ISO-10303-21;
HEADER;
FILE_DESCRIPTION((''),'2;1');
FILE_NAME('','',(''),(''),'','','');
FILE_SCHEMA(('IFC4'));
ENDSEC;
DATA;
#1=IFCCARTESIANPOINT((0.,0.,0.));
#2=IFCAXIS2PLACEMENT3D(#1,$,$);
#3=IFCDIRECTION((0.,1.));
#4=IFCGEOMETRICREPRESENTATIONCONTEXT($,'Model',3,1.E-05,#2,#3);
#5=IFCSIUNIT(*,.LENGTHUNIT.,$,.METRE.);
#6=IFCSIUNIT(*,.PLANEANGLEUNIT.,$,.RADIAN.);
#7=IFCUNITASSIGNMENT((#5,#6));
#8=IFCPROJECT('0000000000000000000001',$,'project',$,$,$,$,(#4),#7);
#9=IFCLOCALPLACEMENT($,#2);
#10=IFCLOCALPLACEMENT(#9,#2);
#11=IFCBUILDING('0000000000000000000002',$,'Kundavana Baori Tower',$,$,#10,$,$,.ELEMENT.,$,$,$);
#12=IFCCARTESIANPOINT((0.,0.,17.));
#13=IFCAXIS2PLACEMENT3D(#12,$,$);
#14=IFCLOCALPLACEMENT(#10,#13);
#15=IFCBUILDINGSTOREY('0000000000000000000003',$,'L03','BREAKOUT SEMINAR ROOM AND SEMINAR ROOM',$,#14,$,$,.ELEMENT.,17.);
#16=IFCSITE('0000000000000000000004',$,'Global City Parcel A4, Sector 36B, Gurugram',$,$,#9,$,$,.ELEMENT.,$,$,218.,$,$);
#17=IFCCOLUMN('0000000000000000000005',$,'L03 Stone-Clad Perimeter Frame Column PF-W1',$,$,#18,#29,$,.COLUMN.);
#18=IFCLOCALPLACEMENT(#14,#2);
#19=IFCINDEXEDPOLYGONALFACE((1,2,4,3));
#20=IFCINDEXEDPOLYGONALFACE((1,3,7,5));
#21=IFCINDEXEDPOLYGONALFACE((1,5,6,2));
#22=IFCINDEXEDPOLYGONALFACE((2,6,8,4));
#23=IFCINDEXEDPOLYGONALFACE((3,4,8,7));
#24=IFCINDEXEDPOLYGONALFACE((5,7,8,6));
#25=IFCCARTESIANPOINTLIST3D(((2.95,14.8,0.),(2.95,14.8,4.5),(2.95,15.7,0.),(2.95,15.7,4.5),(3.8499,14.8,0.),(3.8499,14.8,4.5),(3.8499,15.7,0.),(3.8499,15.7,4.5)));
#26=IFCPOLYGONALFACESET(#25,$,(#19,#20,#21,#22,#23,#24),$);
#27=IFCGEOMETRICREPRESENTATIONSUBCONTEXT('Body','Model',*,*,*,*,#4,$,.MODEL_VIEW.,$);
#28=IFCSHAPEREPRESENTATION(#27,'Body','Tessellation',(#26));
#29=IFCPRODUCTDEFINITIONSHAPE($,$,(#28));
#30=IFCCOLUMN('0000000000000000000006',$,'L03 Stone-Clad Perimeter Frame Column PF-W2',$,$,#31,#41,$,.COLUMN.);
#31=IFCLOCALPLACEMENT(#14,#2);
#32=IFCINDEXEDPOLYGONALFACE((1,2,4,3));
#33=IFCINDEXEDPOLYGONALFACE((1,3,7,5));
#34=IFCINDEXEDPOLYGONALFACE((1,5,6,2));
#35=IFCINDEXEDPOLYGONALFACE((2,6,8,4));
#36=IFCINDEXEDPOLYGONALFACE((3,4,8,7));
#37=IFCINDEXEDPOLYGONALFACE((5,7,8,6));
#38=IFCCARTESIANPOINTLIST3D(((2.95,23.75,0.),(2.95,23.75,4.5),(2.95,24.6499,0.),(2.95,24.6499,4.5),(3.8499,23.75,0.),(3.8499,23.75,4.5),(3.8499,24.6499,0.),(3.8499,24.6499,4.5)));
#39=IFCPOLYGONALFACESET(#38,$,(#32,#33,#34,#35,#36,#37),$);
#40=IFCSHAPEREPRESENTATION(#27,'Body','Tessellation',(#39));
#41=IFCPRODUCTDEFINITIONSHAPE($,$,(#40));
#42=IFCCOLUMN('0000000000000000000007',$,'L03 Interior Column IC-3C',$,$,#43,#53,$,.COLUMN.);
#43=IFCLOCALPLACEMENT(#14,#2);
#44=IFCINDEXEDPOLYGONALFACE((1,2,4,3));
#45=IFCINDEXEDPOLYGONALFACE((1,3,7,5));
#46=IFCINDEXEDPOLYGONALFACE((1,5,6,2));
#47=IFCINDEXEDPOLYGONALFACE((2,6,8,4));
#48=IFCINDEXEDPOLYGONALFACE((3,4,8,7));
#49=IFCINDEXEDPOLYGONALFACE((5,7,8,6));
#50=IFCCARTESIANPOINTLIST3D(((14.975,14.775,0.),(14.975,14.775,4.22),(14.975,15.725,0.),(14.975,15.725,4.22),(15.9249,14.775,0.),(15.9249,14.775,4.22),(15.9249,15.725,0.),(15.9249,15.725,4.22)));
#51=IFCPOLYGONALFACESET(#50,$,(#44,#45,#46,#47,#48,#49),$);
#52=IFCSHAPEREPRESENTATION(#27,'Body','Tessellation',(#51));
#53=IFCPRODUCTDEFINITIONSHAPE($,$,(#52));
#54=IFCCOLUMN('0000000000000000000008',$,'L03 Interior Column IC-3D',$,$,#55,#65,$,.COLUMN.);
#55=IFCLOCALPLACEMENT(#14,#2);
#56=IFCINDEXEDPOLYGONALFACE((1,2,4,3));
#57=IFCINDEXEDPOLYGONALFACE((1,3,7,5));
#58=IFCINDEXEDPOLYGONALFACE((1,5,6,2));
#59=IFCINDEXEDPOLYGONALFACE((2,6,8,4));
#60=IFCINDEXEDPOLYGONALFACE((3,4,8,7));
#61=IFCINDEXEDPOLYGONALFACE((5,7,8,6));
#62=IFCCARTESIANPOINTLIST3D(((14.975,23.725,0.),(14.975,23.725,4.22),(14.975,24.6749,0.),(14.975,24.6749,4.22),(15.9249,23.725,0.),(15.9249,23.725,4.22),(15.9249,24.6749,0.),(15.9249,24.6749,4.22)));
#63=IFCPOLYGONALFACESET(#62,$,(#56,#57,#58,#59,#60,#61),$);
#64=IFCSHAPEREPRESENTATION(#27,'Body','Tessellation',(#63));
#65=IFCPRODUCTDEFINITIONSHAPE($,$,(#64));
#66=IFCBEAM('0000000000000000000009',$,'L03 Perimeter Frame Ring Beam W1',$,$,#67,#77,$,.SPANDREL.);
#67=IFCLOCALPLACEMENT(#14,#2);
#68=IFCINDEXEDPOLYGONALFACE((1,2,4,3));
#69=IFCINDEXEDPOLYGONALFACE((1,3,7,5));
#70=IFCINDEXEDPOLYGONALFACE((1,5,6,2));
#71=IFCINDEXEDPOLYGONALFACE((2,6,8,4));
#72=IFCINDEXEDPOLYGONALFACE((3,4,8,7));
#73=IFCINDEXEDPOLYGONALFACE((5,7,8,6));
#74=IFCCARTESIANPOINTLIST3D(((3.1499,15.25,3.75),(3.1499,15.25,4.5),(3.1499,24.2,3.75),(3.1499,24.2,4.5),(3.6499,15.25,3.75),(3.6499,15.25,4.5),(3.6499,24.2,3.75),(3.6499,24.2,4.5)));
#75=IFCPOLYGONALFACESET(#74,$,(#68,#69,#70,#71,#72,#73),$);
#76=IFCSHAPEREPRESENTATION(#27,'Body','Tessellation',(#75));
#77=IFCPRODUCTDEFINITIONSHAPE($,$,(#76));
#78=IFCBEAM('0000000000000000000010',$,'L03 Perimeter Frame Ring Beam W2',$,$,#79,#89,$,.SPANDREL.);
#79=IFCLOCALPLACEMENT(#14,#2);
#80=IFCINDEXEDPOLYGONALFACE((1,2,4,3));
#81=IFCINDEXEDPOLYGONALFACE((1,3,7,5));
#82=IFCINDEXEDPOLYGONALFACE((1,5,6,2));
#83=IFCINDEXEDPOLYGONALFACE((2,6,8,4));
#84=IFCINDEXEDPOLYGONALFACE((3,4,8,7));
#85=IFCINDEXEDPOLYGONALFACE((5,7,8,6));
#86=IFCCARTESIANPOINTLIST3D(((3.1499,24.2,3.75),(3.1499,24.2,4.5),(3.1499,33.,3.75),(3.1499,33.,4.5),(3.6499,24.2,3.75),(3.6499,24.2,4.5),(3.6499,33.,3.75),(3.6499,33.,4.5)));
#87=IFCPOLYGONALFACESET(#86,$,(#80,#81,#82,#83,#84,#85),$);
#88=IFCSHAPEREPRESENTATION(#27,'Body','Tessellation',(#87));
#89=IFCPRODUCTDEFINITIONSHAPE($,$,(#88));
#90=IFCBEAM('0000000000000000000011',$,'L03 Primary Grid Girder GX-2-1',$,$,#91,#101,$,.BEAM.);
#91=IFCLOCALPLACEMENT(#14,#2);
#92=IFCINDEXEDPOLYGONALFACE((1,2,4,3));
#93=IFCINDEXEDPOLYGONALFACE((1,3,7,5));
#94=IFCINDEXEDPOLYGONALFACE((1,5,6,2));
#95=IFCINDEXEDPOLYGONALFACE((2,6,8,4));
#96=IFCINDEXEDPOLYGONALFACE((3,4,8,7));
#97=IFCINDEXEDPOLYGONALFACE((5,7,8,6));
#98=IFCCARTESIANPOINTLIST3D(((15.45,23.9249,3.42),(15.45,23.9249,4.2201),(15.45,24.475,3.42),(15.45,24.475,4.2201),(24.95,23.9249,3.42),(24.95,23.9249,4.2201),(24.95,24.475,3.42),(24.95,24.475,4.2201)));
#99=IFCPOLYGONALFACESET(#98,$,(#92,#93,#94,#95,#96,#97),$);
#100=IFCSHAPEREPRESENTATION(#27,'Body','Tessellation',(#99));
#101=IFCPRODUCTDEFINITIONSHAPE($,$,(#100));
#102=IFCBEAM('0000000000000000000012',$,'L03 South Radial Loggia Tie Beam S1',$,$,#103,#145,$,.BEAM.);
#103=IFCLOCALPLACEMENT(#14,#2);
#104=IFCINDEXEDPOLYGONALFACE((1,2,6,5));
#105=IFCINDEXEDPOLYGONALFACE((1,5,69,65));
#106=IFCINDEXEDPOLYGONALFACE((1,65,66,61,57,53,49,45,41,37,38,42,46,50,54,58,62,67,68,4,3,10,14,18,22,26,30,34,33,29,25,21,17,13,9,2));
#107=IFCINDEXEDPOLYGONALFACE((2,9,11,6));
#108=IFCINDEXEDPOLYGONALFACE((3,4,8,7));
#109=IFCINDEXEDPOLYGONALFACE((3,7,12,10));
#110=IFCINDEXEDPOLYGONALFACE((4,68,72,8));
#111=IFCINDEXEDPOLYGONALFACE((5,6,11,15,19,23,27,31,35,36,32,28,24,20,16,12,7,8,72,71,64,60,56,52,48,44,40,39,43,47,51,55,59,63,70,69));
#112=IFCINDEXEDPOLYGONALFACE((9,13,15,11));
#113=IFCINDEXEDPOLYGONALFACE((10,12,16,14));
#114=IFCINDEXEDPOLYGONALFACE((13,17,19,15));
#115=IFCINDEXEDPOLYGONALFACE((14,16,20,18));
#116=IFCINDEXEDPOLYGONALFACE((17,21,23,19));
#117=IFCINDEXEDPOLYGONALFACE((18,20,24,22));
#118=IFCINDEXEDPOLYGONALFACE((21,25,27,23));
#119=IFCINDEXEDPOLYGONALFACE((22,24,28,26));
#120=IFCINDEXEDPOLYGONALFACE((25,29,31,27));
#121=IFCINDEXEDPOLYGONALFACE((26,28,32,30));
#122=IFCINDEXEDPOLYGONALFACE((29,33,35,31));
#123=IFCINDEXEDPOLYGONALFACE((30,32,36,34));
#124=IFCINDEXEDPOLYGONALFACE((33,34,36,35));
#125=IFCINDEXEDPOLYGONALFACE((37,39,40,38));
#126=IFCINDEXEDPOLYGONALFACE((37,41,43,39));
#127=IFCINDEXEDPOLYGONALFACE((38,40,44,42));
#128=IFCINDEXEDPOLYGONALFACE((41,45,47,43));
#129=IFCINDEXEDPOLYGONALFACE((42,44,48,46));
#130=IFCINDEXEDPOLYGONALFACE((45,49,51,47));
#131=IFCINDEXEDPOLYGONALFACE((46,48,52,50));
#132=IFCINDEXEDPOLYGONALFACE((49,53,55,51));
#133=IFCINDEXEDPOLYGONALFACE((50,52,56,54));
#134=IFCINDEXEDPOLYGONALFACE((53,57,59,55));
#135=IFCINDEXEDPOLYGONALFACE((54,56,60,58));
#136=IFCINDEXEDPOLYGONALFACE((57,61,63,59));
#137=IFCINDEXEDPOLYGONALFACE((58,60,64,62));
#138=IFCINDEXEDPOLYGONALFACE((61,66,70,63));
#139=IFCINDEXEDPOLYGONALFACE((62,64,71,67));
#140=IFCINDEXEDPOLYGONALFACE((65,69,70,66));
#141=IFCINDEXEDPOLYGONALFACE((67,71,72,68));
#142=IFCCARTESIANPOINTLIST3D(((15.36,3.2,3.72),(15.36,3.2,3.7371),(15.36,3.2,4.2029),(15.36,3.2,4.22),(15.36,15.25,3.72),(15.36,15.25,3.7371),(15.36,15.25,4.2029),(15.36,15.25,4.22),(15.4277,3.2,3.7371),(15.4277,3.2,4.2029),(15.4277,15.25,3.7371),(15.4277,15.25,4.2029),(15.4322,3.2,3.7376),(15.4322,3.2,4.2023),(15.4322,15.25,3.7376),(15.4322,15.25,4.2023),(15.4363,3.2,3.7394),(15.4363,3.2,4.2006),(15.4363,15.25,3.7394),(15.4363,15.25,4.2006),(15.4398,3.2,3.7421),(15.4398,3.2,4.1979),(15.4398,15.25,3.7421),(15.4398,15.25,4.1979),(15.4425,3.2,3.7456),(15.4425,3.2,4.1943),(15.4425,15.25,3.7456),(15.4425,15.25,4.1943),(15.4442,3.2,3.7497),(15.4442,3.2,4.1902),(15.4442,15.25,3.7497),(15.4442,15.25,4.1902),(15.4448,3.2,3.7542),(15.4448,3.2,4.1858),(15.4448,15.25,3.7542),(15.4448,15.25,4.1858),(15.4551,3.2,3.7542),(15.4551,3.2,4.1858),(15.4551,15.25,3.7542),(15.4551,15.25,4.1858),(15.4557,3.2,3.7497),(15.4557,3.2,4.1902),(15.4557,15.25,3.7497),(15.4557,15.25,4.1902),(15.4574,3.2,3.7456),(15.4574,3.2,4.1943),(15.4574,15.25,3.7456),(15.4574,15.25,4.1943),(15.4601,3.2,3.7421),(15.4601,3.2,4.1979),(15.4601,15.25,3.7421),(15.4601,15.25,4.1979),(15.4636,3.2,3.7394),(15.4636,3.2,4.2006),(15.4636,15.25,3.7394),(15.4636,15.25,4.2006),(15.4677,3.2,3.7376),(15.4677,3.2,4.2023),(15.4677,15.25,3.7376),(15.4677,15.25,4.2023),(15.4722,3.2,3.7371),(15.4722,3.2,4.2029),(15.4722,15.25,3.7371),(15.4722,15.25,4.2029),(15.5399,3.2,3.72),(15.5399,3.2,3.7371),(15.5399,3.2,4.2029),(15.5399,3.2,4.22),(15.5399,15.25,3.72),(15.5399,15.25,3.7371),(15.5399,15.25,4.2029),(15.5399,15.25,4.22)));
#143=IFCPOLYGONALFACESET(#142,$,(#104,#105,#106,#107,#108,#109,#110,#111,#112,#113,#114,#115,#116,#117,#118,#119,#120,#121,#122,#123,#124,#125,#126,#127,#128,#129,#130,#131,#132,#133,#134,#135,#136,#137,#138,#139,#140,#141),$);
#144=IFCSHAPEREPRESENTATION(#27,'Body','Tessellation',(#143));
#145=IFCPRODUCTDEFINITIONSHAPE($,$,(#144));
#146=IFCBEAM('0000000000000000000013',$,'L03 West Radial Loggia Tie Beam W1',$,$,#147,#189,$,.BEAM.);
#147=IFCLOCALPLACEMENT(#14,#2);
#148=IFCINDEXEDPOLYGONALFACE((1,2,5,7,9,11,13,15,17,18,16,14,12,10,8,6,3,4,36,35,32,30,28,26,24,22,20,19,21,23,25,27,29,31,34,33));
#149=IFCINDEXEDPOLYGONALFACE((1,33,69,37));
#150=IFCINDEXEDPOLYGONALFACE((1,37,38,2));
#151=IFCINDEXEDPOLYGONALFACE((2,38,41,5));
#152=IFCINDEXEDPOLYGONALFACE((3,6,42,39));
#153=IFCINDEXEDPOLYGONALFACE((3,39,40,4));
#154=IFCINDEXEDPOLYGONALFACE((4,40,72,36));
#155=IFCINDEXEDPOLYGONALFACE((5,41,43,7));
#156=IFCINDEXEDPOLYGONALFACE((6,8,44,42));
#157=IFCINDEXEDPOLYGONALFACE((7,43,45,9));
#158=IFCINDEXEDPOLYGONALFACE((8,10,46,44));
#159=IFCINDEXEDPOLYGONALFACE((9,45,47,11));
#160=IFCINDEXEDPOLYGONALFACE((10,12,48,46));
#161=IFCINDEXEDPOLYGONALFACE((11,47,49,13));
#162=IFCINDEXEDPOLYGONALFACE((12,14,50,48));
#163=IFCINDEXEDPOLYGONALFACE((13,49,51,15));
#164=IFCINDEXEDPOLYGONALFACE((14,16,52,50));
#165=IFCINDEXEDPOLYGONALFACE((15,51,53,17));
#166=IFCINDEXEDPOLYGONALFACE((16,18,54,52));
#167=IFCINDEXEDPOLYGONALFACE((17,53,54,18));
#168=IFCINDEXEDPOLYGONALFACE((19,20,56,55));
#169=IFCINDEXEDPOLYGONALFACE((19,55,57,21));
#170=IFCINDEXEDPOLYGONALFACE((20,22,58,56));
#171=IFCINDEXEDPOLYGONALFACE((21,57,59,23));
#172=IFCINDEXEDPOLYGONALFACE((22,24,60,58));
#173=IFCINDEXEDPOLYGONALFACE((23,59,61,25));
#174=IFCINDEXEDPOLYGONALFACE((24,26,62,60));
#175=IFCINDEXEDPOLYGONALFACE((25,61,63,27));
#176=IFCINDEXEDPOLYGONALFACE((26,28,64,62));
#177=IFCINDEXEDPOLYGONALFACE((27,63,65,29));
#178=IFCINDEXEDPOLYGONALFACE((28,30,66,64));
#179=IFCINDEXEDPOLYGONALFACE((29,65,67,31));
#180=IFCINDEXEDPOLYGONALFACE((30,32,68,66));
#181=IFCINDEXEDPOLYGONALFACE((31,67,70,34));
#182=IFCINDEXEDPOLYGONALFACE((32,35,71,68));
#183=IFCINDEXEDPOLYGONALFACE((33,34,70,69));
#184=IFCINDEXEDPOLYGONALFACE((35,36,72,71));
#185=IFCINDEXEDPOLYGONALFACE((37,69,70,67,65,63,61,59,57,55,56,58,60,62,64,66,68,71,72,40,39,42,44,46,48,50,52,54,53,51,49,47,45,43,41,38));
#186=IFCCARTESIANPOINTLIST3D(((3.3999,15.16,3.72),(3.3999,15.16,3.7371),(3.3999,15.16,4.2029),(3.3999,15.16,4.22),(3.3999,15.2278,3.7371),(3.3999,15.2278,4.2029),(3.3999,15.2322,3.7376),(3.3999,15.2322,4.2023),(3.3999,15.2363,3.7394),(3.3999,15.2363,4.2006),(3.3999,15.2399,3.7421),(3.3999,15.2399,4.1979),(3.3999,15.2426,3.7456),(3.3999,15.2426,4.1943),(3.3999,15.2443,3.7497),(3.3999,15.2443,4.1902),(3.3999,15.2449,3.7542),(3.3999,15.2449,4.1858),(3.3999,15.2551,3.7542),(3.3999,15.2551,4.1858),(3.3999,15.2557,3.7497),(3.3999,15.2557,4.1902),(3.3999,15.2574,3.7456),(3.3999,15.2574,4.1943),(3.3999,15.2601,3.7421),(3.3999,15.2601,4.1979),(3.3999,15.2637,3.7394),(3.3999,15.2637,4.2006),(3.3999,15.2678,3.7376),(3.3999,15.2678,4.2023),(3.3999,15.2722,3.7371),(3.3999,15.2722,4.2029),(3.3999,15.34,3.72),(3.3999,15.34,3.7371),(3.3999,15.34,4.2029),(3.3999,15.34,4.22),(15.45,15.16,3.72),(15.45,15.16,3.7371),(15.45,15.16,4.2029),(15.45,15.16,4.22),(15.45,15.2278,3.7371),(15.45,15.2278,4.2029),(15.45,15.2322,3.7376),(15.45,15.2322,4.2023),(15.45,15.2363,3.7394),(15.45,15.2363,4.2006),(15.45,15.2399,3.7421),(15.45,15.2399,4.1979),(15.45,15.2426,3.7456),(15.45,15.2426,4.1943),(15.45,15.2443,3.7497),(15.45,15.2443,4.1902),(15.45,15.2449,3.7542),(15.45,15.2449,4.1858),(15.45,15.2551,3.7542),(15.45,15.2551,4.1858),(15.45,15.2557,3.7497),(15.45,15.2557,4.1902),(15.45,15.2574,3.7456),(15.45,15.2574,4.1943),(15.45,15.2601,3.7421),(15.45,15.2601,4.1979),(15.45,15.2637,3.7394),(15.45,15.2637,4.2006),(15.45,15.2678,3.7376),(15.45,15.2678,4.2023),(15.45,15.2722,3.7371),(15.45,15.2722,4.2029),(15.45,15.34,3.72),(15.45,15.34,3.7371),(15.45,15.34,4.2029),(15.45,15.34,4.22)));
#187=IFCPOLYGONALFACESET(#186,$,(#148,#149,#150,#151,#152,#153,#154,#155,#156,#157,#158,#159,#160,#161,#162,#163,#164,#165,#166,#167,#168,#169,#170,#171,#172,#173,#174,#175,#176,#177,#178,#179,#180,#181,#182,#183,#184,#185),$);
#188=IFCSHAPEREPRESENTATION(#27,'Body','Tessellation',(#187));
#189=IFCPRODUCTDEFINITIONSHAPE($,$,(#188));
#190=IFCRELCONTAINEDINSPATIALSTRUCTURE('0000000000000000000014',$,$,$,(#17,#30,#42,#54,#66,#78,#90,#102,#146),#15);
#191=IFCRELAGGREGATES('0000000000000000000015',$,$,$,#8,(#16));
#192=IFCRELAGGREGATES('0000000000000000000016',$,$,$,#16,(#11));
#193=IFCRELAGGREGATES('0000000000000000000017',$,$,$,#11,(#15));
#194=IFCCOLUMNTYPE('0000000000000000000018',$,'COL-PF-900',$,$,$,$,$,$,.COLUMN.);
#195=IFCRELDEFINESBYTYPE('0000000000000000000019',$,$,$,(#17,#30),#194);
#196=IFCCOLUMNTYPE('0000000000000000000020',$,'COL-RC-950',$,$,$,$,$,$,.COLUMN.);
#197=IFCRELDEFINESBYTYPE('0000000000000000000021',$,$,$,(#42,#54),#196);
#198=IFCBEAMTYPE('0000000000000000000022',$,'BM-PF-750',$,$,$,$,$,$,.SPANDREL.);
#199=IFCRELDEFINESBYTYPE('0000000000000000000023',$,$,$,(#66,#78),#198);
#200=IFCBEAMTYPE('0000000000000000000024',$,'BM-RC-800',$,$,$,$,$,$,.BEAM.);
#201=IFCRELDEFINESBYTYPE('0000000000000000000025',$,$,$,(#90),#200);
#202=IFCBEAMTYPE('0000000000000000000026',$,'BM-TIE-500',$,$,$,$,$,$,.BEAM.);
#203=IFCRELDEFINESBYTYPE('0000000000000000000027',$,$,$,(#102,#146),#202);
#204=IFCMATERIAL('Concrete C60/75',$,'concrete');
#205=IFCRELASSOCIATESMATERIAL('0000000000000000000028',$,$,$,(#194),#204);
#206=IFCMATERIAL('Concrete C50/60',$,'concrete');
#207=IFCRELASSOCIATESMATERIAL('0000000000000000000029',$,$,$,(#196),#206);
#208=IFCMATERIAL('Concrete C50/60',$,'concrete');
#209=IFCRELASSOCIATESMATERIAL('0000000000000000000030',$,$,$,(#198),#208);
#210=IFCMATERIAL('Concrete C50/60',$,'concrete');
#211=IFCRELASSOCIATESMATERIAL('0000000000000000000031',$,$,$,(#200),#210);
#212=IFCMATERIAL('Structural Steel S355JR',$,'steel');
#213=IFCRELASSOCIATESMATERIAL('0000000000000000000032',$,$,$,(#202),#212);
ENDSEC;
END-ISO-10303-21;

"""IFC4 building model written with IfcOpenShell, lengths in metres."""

from ifc_helpers import new_model, si_unit, direction, frame, origin, origin_2d, place, context, subcontext, project, spatial, rectangle, i_section, extrude, material, material_profile, profile_set, type_object, element, save


model = new_model("IFC4")

# Units and contexts
model_context = context("Model", 3, precision=1e-05, world=origin(), true_north=direction((0.0, 1.0)))
body_context = subcontext(model_context, "Body", "Model", "MODEL_VIEW")
ifc_project = project(units=[si_unit("LENGTHUNIT", "METRE"), si_unit("PLANEANGLEUNIT", "RADIAN")], contexts=[model_context])

# Site, building, storey
site_placement = place(None, origin())
site = spatial("IfcSite", under=ifc_project, at=site_placement, Name="Global City Parcel A4, Sector 36B, Gurugram", CompositionType="ELEMENT", RefElevation=218.0)
building_placement = place(site_placement, origin())
building = spatial("IfcBuilding", under=site, at=building_placement, Name="Kundavana Baori Tower", CompositionType="ELEMENT")
storey_placement = place(building_placement, frame((0.0, 0.0, 17.0)))
storey = spatial("IfcBuildingStorey", under=building, at=storey_placement, Name="L03", Description="BREAKOUT SEMINAR ROOM AND SEMINAR ROOM", CompositionType="ELEMENT", Elevation=17.0)

# Columns
ifc_material_1 = material(Name="Concrete C60/75", Category="concrete")
ifc_material_profile_1 = material_profile(ifc_material_1, rectangle(XDim=0.8999, YDim=0.8999, at=origin_2d()), Name="RC PF 900x900")
ifc_profile_set_1 = profile_set([ifc_material_profile_1], Name="Concrete C60/75")
column_type_1 = type_object("IfcColumnType", Name="COL-PF-900", PredefinedType="COLUMN", material=ifc_profile_set_1)
for number, where, z_axis, x_axis, name in (
    (1, (3.3999, 15.25, 0.0), (0.0, 0.0, 1.0), (1.0, 0.0, 0.0), "L03 Stone-Clad Perimeter Frame Column PF-W1"),
    (2, (3.3999, 24.2, 0.0), (0.0, 0.0, 1.0), (1.0, 0.0, 0.0), "L03 Stone-Clad Perimeter Frame Column PF-W2"),
):
    element("IfcColumn", number, at=place(storey_placement, frame(where, z_axis=z_axis, x_axis=x_axis)), inside=storey, type_object=column_type_1, Name=name, PredefinedType="COLUMN", context=body_context, shape_type="SweptSolid", body=[
        extrude(rectangle(XDim=0.8999, YDim=0.8999, at=origin_2d()), origin(), (0.0, 0.0, 1.0), 4.5),
    ])
ifc_material_2 = material(Name="Concrete C50/60", Category="concrete")
ifc_material_profile_2 = material_profile(ifc_material_2, rectangle(XDim=0.95, YDim=0.95, at=origin_2d()), Name="RC 950x950")
ifc_profile_set_2 = profile_set([ifc_material_profile_2], Name="Concrete C50/60")
column_type_2 = type_object("IfcColumnType", Name="COL-RC-950", PredefinedType="COLUMN", material=ifc_profile_set_2)
for number, where, z_axis, x_axis, name in (
    (3, (15.45, 15.25, 0.0), (0.0, 0.0, 1.0), (1.0, 0.0, 0.0), "L03 Interior Column IC-3C"),
    (4, (15.45, 24.2, 0.0), (0.0, 0.0, 1.0), (1.0, 0.0, 0.0), "L03 Interior Column IC-3D"),
):
    element("IfcColumn", number, at=place(storey_placement, frame(where, z_axis=z_axis, x_axis=x_axis)), inside=storey, type_object=column_type_2, Name=name, PredefinedType="COLUMN", context=body_context, shape_type="SweptSolid", body=[
        extrude(rectangle(XDim=0.95, YDim=0.95, at=origin_2d()), origin(), (0.0, 0.0, 1.0), 4.22),
    ])

# Beams
ifc_material_3 = material(Name="Concrete C50/60", Category="concrete")
ifc_material_profile_3 = material_profile(ifc_material_3, rectangle(XDim=0.5, YDim=0.75, at=origin_2d()), Name="RC BM 500x750")
ifc_profile_set_3 = profile_set([ifc_material_profile_3], Name="Concrete C50/60")
beam_type_1 = type_object("IfcBeamType", Name="BM-PF-750", PredefinedType="SPANDREL", material=ifc_profile_set_3)
beam_1_placement = place(storey_placement, frame((3.3999, 15.25, 4.125), z_axis=(0.0, 1.0, 0.0), x_axis=(-1.0, 0.0, 0.0)))
element("IfcBeam", 5, at=beam_1_placement, inside=storey, type_object=beam_type_1, Name="L03 Perimeter Frame Ring Beam W1", PredefinedType="SPANDREL", context=body_context, shape_type="SweptSolid", body=[
    extrude(rectangle(XDim=0.5, YDim=0.75, at=origin_2d()), origin(), (0.0, 0.0, 1.0), 8.95),
])
beam_2_placement = place(storey_placement, frame((3.3999, 24.2, 4.125), z_axis=(0.0, 1.0, 0.0), x_axis=(-1.0, 0.0, 0.0)))
element("IfcBeam", 6, at=beam_2_placement, inside=storey, type_object=beam_type_1, Name="L03 Perimeter Frame Ring Beam W2", PredefinedType="SPANDREL", context=body_context, shape_type="SweptSolid", body=[
    extrude(rectangle(XDim=0.5, YDim=0.75, at=origin_2d()), origin(), (0.0, 0.0, 1.0), 8.8),
])
ifc_material_4 = material(Name="Concrete C50/60", Category="concrete")
ifc_material_profile_4 = material_profile(ifc_material_4, rectangle(XDim=0.55, YDim=0.8, at=origin_2d()), Name="RC BM 550x800")
ifc_profile_set_4 = profile_set([ifc_material_profile_4], Name="Concrete C50/60")
beam_type_2 = type_object("IfcBeamType", Name="BM-RC-800", PredefinedType="BEAM", material=ifc_profile_set_4)
beam_3_placement = place(storey_placement, frame((15.45, 24.2, 3.8201), z_axis=(1.0, 0.0, 0.0), x_axis=(0.0, 1.0, 0.0)))
element("IfcBeam", 7, at=beam_3_placement, inside=storey, type_object=beam_type_2, Name="L03 Primary Grid Girder GX-2-1", PredefinedType="BEAM", context=body_context, shape_type="SweptSolid", body=[
    extrude(rectangle(XDim=0.55, YDim=0.8, at=origin_2d()), origin(), (0.0, 0.0, 1.0), 9.5),
])
ifc_material_5 = material(Name="Structural Steel S355JR", Category="steel")
ifc_material_profile_5 = material_profile(ifc_material_5, i_section(OverallWidth=0.1799, OverallDepth=0.5, WebThickness=0.0103, FlangeThickness=0.0171, FilletRadius=0.0171, at=origin_2d()), Name="ISMB 500")
ifc_profile_set_5 = profile_set([ifc_material_profile_5], Name="Structural Steel S355JR")
beam_type_3 = type_object("IfcBeamType", Name="BM-TIE-500", PredefinedType="BEAM", material=ifc_profile_set_5)
for number, where, z_axis, x_axis, name in (
    (8, (15.45, 15.25, 3.97), (0.0, -1.0, 0.0), (1.0, 0.0, 0.0), "L03 South Radial Loggia Tie Beam S1"),
    (9, (15.45, 15.25, 3.97), (-1.0, 0.0, 0.0), (0.0, -1.0, 0.0), "L03 West Radial Loggia Tie Beam W1"),
):
    element("IfcBeam", number, at=place(storey_placement, frame(where, z_axis=z_axis, x_axis=x_axis)), inside=storey, type_object=beam_type_3, Name=name, PredefinedType="BEAM", context=body_context, shape_type="SweptSolid", body=[
        extrude(i_section(OverallWidth=0.1799, OverallDepth=0.5, WebThickness=0.0103, FlangeThickness=0.0171, FilletRadius=0.0171, at=origin_2d()), origin(), (0.0, 0.0, 1.0), 12.05),
    ])

save(model, "model.ifc")
